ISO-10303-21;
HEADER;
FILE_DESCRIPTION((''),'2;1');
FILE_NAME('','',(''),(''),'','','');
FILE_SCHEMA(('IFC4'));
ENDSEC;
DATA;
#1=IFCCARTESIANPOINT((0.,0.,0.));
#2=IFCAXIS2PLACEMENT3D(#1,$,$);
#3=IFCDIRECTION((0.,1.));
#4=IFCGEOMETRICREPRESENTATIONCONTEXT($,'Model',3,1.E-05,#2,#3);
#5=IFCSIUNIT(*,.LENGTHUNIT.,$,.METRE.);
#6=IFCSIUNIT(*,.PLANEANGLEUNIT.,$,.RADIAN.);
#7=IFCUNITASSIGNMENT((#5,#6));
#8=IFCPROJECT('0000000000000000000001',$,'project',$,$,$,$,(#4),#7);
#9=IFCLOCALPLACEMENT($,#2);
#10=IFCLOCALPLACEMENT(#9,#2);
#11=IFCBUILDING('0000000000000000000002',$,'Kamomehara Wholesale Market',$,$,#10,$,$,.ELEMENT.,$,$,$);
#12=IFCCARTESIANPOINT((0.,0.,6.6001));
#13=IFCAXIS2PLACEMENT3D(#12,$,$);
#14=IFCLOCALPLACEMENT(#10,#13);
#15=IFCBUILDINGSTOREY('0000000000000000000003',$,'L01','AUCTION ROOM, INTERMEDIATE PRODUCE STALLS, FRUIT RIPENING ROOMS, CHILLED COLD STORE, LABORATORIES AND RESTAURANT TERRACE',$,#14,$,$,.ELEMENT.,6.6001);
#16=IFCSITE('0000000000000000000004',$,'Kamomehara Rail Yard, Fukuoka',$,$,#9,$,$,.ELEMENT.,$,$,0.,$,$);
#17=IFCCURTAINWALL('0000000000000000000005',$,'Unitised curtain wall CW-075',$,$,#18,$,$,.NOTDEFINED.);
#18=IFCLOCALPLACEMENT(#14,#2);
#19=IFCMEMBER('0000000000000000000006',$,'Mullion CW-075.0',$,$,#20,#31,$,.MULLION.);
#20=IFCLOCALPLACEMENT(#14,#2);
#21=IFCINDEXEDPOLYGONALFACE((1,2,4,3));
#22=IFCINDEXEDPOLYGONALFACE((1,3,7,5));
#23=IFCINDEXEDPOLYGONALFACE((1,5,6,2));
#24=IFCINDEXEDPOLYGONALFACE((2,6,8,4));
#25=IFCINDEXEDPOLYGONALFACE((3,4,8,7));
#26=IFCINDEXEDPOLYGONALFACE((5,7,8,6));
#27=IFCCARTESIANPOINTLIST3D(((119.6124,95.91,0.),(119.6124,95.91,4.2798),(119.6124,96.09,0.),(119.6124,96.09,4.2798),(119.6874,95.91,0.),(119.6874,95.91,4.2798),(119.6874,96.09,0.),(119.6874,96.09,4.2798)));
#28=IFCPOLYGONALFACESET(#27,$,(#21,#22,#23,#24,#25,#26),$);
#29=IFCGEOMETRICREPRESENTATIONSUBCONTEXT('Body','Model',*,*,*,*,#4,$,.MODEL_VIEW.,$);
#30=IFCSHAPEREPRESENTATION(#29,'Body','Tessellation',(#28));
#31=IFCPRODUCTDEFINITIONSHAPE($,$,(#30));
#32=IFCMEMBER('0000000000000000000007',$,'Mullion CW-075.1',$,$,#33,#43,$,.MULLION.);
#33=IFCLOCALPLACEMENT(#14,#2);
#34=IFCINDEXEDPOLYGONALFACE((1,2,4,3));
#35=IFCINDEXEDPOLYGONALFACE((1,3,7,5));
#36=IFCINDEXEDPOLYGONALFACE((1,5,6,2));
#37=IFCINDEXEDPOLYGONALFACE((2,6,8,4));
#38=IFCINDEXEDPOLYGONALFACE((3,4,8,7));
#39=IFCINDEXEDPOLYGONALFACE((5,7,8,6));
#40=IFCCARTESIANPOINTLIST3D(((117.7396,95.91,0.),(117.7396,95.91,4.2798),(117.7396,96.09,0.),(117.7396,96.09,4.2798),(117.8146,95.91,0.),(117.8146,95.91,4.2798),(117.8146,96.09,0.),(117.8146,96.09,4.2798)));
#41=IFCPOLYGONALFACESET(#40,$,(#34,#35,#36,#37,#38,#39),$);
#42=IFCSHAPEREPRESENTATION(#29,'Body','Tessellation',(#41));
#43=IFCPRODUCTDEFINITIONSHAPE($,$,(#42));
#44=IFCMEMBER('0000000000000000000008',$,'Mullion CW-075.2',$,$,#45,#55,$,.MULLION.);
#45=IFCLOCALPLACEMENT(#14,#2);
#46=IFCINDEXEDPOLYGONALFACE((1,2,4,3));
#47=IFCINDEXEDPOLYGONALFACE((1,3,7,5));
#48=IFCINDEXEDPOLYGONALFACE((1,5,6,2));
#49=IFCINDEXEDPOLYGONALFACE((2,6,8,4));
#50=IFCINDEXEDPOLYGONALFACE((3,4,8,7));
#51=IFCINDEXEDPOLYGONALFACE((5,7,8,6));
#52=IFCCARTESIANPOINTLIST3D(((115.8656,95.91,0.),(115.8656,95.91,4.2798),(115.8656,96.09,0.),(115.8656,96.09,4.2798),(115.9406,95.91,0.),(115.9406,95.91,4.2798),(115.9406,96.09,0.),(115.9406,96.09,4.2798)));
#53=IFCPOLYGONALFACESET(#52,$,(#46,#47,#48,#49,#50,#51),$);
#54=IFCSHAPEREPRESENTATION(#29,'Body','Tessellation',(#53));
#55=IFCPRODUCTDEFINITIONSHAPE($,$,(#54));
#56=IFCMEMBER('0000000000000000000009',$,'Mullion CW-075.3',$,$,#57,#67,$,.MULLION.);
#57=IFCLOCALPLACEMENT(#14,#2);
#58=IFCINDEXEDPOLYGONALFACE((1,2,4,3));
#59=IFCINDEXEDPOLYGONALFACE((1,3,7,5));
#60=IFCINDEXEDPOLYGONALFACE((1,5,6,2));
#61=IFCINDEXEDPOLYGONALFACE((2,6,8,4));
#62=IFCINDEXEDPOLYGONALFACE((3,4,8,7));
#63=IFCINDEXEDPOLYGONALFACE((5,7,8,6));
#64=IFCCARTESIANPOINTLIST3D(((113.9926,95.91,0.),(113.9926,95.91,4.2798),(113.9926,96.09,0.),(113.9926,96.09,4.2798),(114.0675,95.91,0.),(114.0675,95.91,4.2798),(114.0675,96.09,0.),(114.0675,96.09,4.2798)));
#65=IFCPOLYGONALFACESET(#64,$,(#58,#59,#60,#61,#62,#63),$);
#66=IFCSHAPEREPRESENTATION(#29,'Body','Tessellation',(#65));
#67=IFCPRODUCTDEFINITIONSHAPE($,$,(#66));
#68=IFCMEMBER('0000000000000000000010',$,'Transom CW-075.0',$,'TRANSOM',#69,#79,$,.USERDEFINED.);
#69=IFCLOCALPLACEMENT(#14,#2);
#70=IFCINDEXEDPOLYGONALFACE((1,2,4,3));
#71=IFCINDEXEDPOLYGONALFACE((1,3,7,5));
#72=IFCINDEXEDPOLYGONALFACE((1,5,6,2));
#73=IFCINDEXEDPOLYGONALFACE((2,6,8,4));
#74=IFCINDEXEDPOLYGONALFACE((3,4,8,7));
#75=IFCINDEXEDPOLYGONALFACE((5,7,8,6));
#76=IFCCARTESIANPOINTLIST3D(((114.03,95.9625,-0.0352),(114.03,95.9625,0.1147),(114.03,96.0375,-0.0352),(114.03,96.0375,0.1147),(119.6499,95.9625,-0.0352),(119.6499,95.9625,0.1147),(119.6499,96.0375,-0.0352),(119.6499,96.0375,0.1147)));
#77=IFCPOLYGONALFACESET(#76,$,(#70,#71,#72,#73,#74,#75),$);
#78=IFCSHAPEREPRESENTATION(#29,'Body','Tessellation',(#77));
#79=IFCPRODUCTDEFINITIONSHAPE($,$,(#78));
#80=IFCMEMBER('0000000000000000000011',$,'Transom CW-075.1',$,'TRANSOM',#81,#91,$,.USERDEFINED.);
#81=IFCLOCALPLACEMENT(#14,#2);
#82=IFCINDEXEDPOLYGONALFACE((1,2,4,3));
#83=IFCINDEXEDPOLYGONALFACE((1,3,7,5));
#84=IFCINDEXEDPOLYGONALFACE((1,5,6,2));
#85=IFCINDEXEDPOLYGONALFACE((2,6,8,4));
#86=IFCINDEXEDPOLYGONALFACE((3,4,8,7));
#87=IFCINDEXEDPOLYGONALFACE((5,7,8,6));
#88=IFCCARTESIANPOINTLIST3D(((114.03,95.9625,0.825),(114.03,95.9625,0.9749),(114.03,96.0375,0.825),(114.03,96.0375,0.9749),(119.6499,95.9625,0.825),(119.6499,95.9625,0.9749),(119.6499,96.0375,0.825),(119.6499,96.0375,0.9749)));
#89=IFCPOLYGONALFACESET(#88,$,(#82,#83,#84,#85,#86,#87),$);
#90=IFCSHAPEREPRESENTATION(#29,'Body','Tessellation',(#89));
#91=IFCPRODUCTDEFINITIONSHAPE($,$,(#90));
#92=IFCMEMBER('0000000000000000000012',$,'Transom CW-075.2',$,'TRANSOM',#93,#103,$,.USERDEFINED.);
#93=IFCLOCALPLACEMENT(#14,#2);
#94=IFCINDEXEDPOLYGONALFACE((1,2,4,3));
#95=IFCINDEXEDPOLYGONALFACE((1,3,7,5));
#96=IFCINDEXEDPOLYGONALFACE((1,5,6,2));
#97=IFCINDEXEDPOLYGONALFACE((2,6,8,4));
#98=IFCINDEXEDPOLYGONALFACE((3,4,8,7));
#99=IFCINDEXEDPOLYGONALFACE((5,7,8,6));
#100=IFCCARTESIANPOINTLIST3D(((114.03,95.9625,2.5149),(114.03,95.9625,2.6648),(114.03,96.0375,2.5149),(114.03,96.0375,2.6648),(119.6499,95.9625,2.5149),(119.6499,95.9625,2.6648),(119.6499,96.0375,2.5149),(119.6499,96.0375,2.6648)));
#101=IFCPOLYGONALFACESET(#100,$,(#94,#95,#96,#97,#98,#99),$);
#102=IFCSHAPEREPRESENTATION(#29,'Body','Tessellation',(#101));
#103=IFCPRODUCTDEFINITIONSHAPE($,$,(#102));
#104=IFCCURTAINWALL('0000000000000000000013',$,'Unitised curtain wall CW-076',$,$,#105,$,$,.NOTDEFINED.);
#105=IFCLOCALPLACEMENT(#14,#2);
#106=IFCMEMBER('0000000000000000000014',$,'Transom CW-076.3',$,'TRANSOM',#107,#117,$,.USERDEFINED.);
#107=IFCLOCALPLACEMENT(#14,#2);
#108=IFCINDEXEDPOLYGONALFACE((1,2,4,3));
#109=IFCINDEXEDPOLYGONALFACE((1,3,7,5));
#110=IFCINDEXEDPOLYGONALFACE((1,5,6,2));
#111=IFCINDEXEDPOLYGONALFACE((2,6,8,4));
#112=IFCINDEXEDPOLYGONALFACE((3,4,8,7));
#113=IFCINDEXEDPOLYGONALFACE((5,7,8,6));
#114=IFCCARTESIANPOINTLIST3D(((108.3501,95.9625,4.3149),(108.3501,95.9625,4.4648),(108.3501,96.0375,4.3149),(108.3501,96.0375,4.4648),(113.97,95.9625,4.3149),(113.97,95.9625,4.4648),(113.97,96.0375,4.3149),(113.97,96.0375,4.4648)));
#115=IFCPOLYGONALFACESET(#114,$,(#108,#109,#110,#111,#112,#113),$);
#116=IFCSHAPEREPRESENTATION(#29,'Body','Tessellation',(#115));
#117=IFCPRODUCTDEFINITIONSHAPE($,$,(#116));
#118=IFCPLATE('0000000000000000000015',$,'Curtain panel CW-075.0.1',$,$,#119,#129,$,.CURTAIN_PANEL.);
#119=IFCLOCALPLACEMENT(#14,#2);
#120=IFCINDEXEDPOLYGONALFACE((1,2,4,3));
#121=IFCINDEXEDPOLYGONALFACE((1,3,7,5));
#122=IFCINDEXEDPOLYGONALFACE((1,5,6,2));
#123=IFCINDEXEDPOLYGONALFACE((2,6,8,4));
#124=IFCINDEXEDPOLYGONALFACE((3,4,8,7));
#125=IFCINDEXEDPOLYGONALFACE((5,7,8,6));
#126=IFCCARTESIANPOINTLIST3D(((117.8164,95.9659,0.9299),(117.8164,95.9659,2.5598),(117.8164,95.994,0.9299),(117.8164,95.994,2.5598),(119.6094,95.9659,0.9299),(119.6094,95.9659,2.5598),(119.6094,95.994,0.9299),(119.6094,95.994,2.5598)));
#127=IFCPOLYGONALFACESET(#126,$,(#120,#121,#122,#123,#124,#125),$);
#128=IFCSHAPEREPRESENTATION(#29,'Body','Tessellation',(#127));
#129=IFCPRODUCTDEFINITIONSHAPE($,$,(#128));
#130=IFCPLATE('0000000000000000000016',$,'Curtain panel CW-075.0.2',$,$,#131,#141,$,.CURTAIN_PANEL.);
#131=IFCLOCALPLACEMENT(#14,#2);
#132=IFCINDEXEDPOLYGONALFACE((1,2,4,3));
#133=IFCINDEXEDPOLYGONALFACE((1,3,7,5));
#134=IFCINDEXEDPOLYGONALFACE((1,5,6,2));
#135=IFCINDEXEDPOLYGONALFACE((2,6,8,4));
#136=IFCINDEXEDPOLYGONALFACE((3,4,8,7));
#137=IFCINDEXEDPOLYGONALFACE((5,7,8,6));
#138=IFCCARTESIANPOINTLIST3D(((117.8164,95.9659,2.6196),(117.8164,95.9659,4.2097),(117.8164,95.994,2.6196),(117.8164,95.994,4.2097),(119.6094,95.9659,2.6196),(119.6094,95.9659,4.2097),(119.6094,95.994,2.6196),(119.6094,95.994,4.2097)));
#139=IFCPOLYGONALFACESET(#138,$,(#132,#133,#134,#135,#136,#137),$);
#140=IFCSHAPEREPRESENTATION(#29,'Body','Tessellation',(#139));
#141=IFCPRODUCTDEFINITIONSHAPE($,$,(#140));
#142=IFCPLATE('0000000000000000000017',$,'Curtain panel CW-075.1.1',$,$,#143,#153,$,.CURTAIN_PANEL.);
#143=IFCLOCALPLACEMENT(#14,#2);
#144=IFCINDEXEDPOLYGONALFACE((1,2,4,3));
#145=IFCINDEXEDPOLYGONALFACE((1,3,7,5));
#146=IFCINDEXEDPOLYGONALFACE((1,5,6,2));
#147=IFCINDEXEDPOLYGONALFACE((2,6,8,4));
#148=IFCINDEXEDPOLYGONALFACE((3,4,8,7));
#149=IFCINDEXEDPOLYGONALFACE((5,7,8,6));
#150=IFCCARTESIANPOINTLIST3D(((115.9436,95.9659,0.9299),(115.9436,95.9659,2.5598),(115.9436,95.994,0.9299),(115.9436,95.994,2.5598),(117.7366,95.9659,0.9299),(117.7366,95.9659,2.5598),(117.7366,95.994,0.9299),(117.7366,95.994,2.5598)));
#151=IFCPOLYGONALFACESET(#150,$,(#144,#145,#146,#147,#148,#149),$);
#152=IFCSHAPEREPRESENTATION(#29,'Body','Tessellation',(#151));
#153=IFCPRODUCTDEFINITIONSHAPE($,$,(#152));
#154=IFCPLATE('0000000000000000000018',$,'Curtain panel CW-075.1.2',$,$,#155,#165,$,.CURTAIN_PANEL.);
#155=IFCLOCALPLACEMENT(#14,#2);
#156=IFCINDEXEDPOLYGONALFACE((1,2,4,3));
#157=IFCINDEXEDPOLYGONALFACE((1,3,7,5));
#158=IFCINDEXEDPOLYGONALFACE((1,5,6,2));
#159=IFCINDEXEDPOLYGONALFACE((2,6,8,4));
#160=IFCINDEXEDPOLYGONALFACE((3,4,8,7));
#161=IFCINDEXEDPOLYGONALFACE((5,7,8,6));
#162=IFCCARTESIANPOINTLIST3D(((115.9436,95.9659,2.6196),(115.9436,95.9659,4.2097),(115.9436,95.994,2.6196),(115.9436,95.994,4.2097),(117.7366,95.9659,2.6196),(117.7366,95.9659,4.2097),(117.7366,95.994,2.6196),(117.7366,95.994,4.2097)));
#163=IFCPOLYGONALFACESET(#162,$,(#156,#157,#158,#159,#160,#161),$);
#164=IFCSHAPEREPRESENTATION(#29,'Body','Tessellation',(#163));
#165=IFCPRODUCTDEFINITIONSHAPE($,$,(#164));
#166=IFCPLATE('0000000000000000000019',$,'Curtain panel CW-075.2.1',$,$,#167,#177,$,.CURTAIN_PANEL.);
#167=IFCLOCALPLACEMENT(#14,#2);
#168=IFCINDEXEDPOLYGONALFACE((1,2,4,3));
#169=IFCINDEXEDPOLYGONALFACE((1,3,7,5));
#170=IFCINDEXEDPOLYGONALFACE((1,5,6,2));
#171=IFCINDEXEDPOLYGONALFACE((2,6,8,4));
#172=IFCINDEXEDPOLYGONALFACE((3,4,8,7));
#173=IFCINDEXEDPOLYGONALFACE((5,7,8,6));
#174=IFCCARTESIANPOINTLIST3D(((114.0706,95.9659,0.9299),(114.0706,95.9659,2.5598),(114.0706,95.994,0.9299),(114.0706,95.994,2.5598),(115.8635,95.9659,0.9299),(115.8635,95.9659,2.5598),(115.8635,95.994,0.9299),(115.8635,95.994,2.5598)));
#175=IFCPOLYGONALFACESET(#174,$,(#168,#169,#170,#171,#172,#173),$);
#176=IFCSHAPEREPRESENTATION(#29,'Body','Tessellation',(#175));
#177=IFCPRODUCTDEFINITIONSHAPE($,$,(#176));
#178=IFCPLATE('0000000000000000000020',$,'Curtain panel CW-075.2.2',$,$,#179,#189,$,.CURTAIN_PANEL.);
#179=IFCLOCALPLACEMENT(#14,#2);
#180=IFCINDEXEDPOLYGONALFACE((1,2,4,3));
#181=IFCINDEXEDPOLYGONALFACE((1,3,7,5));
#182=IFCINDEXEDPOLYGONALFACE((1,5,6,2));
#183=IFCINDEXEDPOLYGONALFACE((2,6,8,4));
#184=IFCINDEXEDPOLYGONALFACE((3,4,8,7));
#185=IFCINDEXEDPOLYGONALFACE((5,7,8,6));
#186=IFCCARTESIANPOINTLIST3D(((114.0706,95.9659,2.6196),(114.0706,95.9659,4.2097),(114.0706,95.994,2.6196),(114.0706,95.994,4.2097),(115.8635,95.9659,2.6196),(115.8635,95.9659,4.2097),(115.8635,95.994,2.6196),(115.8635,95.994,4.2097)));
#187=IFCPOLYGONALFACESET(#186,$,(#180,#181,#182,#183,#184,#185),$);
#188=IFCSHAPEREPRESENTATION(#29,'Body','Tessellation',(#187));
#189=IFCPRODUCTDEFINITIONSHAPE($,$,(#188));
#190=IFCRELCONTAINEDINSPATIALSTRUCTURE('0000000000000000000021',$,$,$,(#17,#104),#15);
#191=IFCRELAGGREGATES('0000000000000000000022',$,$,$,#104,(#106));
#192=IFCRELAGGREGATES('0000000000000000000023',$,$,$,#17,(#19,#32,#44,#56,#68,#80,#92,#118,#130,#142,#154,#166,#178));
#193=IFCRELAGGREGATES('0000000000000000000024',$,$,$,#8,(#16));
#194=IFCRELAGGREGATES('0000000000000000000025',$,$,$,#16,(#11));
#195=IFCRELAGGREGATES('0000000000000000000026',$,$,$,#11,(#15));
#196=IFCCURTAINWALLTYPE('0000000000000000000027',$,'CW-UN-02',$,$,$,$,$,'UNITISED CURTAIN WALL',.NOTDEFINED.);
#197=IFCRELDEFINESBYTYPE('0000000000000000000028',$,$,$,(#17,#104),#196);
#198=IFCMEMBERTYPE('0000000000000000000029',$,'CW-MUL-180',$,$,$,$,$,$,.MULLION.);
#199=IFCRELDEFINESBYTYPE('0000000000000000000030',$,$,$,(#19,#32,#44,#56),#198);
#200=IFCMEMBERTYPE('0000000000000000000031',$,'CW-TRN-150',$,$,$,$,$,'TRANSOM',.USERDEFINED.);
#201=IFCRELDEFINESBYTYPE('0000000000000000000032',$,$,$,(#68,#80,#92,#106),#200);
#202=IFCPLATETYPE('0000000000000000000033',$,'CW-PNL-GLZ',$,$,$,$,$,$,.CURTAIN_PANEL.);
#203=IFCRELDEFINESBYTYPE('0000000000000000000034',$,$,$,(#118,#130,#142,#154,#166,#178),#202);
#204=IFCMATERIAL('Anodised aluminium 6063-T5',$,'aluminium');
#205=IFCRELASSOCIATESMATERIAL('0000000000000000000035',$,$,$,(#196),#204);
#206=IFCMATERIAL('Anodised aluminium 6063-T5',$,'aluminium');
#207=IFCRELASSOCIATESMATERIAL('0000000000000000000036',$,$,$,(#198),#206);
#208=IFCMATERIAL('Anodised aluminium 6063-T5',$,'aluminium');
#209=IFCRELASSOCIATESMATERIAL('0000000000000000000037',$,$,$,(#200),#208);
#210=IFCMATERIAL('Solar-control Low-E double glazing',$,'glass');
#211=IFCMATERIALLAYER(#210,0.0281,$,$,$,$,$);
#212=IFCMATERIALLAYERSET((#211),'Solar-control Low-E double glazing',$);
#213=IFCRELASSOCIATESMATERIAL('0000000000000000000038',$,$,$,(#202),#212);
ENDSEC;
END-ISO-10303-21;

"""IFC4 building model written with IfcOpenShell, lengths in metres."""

from ifc_helpers import new_model, si_unit, direction, frame, origin, origin_2d, place, context, subcontext, project, spatial, rectangle, extrude, material, layer, layer_set, material_profile, profile_set, type_object, element, aggregate, save


model = new_model("IFC4")

# Units and contexts
model_context = context("Model", 3, precision=1e-05, world=origin(), true_north=direction((0.0, 1.0)))
body_context = subcontext(model_context, "Body", "Model", "MODEL_VIEW")
ifc_project = project(units=[si_unit("LENGTHUNIT", "METRE"), si_unit("PLANEANGLEUNIT", "RADIAN")], contexts=[model_context])

# Site, building, storey
site_placement = place(None, origin())
site = spatial("IfcSite", under=ifc_project, at=site_placement, Name="Kamomehara Rail Yard, Fukuoka", CompositionType="ELEMENT", RefElevation=0.0)
building_placement = place(site_placement, origin())
building = spatial("IfcBuilding", under=site, at=building_placement, Name="Kamomehara Wholesale Market", CompositionType="ELEMENT")
storey_placement = place(building_placement, frame((0.0, 0.0, 6.6001)))
storey = spatial("IfcBuildingStorey", under=building, at=storey_placement, Name="L01", Description="AUCTION ROOM, INTERMEDIATE PRODUCE STALLS, FRUIT RIPENING ROOMS, CHILLED COLD STORE, LABORATORIES AND RESTAURANT TERRACE", CompositionType="ELEMENT", Elevation=6.6001)

# Curtain wall, members
ifc_material_1 = material(Name="Anodised aluminium 6063-T5", Category="aluminium")
curtain_wall_type = type_object("IfcCurtainWallType", Name="CW-UN-02", ElementType="UNITISED CURTAIN WALL", PredefinedType="NOTDEFINED", material=ifc_material_1)
curtain_wall_1_placement = place(storey_placement, origin())
curtain_wall_1 = element("IfcCurtainWall", 1, at=curtain_wall_1_placement, inside=storey, type_object=curtain_wall_type, Name="Unitised curtain wall CW-075", PredefinedType="NOTDEFINED")
ifc_material_2 = material(Name="Anodised aluminium 6063-T5", Category="aluminium")
ifc_material_profile_1 = material_profile(ifc_material_2, rectangle(XDim=0.075, YDim=0.1799, at=origin_2d()), Name="ALU-MUL-75x180")
ifc_profile_set_1 = profile_set([ifc_material_profile_1], Name="Anodised aluminium 6063-T5")
member_type_1 = type_object("IfcMemberType", Name="CW-MUL-180", PredefinedType="MULLION", material=ifc_profile_set_1)
member_1_placement = place(storey_placement, frame((119.6499, 96.0, 0.0), z_axis=(0.0, 0.0, 1.0), x_axis=(-1.0, 0.0, 0.0)))
member_1 = element("IfcMember", 2, at=member_1_placement, type_object=member_type_1, Name="Mullion CW-075.0", PredefinedType="MULLION", context=body_context, shape_type="SweptSolid", body=[
    extrude(rectangle(XDim=0.075, YDim=0.1799, at=origin_2d()), origin(), (0.0, 0.0, 1.0), 4.2798),
])
member_2_placement = place(storey_placement, frame((117.7771, 96.0, 0.0), z_axis=(0.0, 0.0, 1.0), x_axis=(-1.0, 0.0, 0.0)))
member_2 = element("IfcMember", 3, at=member_2_placement, type_object=member_type_1, Name="Mullion CW-075.1", PredefinedType="MULLION", context=body_context, shape_type="SweptSolid", body=[
    extrude(rectangle(XDim=0.075, YDim=0.1799, at=origin_2d()), origin(), (0.0, 0.0, 1.0), 4.2798),
])
member_3_placement = place(storey_placement, frame((115.9031, 96.0, 0.0), z_axis=(0.0, 0.0, 1.0), x_axis=(-1.0, 0.0, 0.0)))
member_3 = element("IfcMember", 4, at=member_3_placement, type_object=member_type_1, Name="Mullion CW-075.2", PredefinedType="MULLION", context=body_context, shape_type="SweptSolid", body=[
    extrude(rectangle(XDim=0.075, YDim=0.1799, at=origin_2d()), origin(), (0.0, 0.0, 1.0), 4.2798),
])
member_4_placement = place(storey_placement, frame((114.03, 96.0, 0.0), z_axis=(0.0, 0.0, 1.0), x_axis=(-1.0, 0.0, 0.0)))
member_4 = element("IfcMember", 5, at=member_4_placement, type_object=member_type_1, Name="Mullion CW-075.3", PredefinedType="MULLION", context=body_context, shape_type="SweptSolid", body=[
    extrude(rectangle(XDim=0.075, YDim=0.1799, at=origin_2d()), origin(), (0.0, 0.0, 1.0), 4.2798),
])
ifc_material_3 = material(Name="Anodised aluminium 6063-T5", Category="aluminium")
ifc_material_profile_2 = material_profile(ifc_material_3, rectangle(XDim=0.075, YDim=0.1499, at=origin_2d()), Name="ALU-TRN-75x150")
ifc_profile_set_2 = profile_set([ifc_material_profile_2], Name="Anodised aluminium 6063-T5")
member_type_2 = type_object("IfcMemberType", Name="CW-TRN-150", ElementType="TRANSOM", PredefinedType="USERDEFINED", material=ifc_profile_set_2)
member_5_placement = place(storey_placement, frame((119.6499, 96.0, 0.0398), z_axis=(-1.0, 0.0, 0.0), x_axis=(0.0, -1.0, 0.0)))
member_5 = element("IfcMember", 6, at=member_5_placement, type_object=member_type_2, Name="Transom CW-075.0", ObjectType="TRANSOM", PredefinedType="USERDEFINED", context=body_context, shape_type="SweptSolid", body=[
    extrude(rectangle(XDim=0.075, YDim=0.1499, at=origin_2d()), origin(), (0.0, 0.0, 1.0), 5.6199),
])
member_6_placement = place(storey_placement, frame((119.6499, 96.0, 0.8999), z_axis=(-1.0, 0.0, 0.0), x_axis=(0.0, -1.0, 0.0)))
member_6 = element("IfcMember", 7, at=member_6_placement, type_object=member_type_2, Name="Transom CW-075.1", ObjectType="TRANSOM", PredefinedType="USERDEFINED", context=body_context, shape_type="SweptSolid", body=[
    extrude(rectangle(XDim=0.075, YDim=0.1499, at=origin_2d()), origin(), (0.0, 0.0, 1.0), 5.6199),
])
member_7_placement = place(storey_placement, frame((119.6499, 96.0, 2.5898), z_axis=(-1.0, 0.0, 0.0), x_axis=(0.0, -1.0, 0.0)))
member_7 = element("IfcMember", 8, at=member_7_placement, type_object=member_type_2, Name="Transom CW-075.2", ObjectType="TRANSOM", PredefinedType="USERDEFINED", context=body_context, shape_type="SweptSolid", body=[
    extrude(rectangle(XDim=0.075, YDim=0.1499, at=origin_2d()), origin(), (0.0, 0.0, 1.0), 5.6199),
])

# Curtain wall, member
curtain_wall_2_placement = place(storey_placement, origin())
curtain_wall_2 = element("IfcCurtainWall", 9, at=curtain_wall_2_placement, inside=storey, type_object=curtain_wall_type, Name="Unitised curtain wall CW-076", PredefinedType="NOTDEFINED")
member_8_placement = place(storey_placement, frame((113.97, 96.0, 4.3899), z_axis=(-1.0, 0.0, 0.0), x_axis=(0.0, -1.0, 0.0)))
member_8 = element("IfcMember", 10, at=member_8_placement, type_object=member_type_2, Name="Transom CW-076.3", ObjectType="TRANSOM", PredefinedType="USERDEFINED", context=body_context, shape_type="SweptSolid", body=[
    extrude(rectangle(XDim=0.075, YDim=0.1499, at=origin_2d()), origin(), (0.0, 0.0, 1.0), 5.6199),
])
aggregate(curtain_wall_2, [member_8])

# Plates
ifc_material_4 = material(Name="Solar-control Low-E double glazing", Category="glass")
ifc_layer_1 = layer(ifc_material_4, 0.0281)
ifc_layer_set_1 = layer_set([ifc_layer_1], Name="Solar-control Low-E double glazing")
plate_type_1 = type_object("IfcPlateType", Name="CW-PNL-GLZ", PredefinedType="CURTAIN_PANEL", material=ifc_layer_set_1)
plate_1_placement = place(storey_placement, frame((118.7129, 95.98, 0.9299), z_axis=(0.0, 0.0, 1.0), x_axis=(-1.0, 0.0, 0.0)))
plate_1 = element("IfcPlate", 11, at=plate_1_placement, type_object=plate_type_1, Name="Curtain panel CW-075.0.1", PredefinedType="CURTAIN_PANEL", context=body_context, shape_type="SweptSolid", body=[
    extrude(rectangle(XDim=1.793, YDim=0.0281, at=origin_2d()), origin(), (0.0, 0.0, 1.0), 1.6299),
])
plate_2_placement = place(storey_placement, frame((118.7129, 95.98, 2.6196), z_axis=(0.0, 0.0, 1.0), x_axis=(-1.0, 0.0, 0.0)))
plate_2 = element("IfcPlate", 12, at=plate_2_placement, type_object=plate_type_1, Name="Curtain panel CW-075.0.2", PredefinedType="CURTAIN_PANEL", context=body_context, shape_type="SweptSolid", body=[
    extrude(rectangle(XDim=1.793, YDim=0.0281, at=origin_2d()), origin(), (0.0, 0.0, 1.0), 1.5901),
])
plate_3_placement = place(storey_placement, frame((116.8401, 95.98, 0.9299), z_axis=(0.0, 0.0, 1.0), x_axis=(-1.0, 0.0, 0.0)))
plate_3 = element("IfcPlate", 13, at=plate_3_placement, type_object=plate_type_1, Name="Curtain panel CW-075.1.1", PredefinedType="CURTAIN_PANEL", context=body_context, shape_type="SweptSolid", body=[
    extrude(rectangle(XDim=1.793, YDim=0.0281, at=origin_2d()), origin(), (0.0, 0.0, 1.0), 1.6299),
])
plate_4_placement = place(storey_placement, frame((116.8401, 95.98, 2.6196), z_axis=(0.0, 0.0, 1.0), x_axis=(-1.0, 0.0, 0.0)))
plate_4 = element("IfcPlate", 14, at=plate_4_placement, type_object=plate_type_1, Name="Curtain panel CW-075.1.2", PredefinedType="CURTAIN_PANEL", context=body_context, shape_type="SweptSolid", body=[
    extrude(rectangle(XDim=1.793, YDim=0.0281, at=origin_2d()), origin(), (0.0, 0.0, 1.0), 1.5901),
])
plate_5_placement = place(storey_placement, frame((114.967, 95.98, 0.9299), z_axis=(0.0, 0.0, 1.0), x_axis=(-1.0, 0.0, 0.0)))
plate_5 = element("IfcPlate", 15, at=plate_5_placement, type_object=plate_type_1, Name="Curtain panel CW-075.2.1", PredefinedType="CURTAIN_PANEL", context=body_context, shape_type="SweptSolid", body=[
    extrude(rectangle(XDim=1.793, YDim=0.0281, at=origin_2d()), origin(), (0.0, 0.0, 1.0), 1.6299),
])
plate_6_placement = place(storey_placement, frame((114.967, 95.98, 2.6196), z_axis=(0.0, 0.0, 1.0), x_axis=(-1.0, 0.0, 0.0)))
plate_6 = element("IfcPlate", 16, at=plate_6_placement, type_object=plate_type_1, Name="Curtain panel CW-075.2.2", PredefinedType="CURTAIN_PANEL", context=body_context, shape_type="SweptSolid", body=[
    extrude(rectangle(XDim=1.793, YDim=0.0281, at=origin_2d()), origin(), (0.0, 0.0, 1.0), 1.5901),
])

aggregate(curtain_wall_1, [member_1, member_2, member_3, member_4, member_5, member_6, member_7, plate_1, plate_2, plate_3, plate_4, plate_5, plate_6])

save(model, "model.ifc")
